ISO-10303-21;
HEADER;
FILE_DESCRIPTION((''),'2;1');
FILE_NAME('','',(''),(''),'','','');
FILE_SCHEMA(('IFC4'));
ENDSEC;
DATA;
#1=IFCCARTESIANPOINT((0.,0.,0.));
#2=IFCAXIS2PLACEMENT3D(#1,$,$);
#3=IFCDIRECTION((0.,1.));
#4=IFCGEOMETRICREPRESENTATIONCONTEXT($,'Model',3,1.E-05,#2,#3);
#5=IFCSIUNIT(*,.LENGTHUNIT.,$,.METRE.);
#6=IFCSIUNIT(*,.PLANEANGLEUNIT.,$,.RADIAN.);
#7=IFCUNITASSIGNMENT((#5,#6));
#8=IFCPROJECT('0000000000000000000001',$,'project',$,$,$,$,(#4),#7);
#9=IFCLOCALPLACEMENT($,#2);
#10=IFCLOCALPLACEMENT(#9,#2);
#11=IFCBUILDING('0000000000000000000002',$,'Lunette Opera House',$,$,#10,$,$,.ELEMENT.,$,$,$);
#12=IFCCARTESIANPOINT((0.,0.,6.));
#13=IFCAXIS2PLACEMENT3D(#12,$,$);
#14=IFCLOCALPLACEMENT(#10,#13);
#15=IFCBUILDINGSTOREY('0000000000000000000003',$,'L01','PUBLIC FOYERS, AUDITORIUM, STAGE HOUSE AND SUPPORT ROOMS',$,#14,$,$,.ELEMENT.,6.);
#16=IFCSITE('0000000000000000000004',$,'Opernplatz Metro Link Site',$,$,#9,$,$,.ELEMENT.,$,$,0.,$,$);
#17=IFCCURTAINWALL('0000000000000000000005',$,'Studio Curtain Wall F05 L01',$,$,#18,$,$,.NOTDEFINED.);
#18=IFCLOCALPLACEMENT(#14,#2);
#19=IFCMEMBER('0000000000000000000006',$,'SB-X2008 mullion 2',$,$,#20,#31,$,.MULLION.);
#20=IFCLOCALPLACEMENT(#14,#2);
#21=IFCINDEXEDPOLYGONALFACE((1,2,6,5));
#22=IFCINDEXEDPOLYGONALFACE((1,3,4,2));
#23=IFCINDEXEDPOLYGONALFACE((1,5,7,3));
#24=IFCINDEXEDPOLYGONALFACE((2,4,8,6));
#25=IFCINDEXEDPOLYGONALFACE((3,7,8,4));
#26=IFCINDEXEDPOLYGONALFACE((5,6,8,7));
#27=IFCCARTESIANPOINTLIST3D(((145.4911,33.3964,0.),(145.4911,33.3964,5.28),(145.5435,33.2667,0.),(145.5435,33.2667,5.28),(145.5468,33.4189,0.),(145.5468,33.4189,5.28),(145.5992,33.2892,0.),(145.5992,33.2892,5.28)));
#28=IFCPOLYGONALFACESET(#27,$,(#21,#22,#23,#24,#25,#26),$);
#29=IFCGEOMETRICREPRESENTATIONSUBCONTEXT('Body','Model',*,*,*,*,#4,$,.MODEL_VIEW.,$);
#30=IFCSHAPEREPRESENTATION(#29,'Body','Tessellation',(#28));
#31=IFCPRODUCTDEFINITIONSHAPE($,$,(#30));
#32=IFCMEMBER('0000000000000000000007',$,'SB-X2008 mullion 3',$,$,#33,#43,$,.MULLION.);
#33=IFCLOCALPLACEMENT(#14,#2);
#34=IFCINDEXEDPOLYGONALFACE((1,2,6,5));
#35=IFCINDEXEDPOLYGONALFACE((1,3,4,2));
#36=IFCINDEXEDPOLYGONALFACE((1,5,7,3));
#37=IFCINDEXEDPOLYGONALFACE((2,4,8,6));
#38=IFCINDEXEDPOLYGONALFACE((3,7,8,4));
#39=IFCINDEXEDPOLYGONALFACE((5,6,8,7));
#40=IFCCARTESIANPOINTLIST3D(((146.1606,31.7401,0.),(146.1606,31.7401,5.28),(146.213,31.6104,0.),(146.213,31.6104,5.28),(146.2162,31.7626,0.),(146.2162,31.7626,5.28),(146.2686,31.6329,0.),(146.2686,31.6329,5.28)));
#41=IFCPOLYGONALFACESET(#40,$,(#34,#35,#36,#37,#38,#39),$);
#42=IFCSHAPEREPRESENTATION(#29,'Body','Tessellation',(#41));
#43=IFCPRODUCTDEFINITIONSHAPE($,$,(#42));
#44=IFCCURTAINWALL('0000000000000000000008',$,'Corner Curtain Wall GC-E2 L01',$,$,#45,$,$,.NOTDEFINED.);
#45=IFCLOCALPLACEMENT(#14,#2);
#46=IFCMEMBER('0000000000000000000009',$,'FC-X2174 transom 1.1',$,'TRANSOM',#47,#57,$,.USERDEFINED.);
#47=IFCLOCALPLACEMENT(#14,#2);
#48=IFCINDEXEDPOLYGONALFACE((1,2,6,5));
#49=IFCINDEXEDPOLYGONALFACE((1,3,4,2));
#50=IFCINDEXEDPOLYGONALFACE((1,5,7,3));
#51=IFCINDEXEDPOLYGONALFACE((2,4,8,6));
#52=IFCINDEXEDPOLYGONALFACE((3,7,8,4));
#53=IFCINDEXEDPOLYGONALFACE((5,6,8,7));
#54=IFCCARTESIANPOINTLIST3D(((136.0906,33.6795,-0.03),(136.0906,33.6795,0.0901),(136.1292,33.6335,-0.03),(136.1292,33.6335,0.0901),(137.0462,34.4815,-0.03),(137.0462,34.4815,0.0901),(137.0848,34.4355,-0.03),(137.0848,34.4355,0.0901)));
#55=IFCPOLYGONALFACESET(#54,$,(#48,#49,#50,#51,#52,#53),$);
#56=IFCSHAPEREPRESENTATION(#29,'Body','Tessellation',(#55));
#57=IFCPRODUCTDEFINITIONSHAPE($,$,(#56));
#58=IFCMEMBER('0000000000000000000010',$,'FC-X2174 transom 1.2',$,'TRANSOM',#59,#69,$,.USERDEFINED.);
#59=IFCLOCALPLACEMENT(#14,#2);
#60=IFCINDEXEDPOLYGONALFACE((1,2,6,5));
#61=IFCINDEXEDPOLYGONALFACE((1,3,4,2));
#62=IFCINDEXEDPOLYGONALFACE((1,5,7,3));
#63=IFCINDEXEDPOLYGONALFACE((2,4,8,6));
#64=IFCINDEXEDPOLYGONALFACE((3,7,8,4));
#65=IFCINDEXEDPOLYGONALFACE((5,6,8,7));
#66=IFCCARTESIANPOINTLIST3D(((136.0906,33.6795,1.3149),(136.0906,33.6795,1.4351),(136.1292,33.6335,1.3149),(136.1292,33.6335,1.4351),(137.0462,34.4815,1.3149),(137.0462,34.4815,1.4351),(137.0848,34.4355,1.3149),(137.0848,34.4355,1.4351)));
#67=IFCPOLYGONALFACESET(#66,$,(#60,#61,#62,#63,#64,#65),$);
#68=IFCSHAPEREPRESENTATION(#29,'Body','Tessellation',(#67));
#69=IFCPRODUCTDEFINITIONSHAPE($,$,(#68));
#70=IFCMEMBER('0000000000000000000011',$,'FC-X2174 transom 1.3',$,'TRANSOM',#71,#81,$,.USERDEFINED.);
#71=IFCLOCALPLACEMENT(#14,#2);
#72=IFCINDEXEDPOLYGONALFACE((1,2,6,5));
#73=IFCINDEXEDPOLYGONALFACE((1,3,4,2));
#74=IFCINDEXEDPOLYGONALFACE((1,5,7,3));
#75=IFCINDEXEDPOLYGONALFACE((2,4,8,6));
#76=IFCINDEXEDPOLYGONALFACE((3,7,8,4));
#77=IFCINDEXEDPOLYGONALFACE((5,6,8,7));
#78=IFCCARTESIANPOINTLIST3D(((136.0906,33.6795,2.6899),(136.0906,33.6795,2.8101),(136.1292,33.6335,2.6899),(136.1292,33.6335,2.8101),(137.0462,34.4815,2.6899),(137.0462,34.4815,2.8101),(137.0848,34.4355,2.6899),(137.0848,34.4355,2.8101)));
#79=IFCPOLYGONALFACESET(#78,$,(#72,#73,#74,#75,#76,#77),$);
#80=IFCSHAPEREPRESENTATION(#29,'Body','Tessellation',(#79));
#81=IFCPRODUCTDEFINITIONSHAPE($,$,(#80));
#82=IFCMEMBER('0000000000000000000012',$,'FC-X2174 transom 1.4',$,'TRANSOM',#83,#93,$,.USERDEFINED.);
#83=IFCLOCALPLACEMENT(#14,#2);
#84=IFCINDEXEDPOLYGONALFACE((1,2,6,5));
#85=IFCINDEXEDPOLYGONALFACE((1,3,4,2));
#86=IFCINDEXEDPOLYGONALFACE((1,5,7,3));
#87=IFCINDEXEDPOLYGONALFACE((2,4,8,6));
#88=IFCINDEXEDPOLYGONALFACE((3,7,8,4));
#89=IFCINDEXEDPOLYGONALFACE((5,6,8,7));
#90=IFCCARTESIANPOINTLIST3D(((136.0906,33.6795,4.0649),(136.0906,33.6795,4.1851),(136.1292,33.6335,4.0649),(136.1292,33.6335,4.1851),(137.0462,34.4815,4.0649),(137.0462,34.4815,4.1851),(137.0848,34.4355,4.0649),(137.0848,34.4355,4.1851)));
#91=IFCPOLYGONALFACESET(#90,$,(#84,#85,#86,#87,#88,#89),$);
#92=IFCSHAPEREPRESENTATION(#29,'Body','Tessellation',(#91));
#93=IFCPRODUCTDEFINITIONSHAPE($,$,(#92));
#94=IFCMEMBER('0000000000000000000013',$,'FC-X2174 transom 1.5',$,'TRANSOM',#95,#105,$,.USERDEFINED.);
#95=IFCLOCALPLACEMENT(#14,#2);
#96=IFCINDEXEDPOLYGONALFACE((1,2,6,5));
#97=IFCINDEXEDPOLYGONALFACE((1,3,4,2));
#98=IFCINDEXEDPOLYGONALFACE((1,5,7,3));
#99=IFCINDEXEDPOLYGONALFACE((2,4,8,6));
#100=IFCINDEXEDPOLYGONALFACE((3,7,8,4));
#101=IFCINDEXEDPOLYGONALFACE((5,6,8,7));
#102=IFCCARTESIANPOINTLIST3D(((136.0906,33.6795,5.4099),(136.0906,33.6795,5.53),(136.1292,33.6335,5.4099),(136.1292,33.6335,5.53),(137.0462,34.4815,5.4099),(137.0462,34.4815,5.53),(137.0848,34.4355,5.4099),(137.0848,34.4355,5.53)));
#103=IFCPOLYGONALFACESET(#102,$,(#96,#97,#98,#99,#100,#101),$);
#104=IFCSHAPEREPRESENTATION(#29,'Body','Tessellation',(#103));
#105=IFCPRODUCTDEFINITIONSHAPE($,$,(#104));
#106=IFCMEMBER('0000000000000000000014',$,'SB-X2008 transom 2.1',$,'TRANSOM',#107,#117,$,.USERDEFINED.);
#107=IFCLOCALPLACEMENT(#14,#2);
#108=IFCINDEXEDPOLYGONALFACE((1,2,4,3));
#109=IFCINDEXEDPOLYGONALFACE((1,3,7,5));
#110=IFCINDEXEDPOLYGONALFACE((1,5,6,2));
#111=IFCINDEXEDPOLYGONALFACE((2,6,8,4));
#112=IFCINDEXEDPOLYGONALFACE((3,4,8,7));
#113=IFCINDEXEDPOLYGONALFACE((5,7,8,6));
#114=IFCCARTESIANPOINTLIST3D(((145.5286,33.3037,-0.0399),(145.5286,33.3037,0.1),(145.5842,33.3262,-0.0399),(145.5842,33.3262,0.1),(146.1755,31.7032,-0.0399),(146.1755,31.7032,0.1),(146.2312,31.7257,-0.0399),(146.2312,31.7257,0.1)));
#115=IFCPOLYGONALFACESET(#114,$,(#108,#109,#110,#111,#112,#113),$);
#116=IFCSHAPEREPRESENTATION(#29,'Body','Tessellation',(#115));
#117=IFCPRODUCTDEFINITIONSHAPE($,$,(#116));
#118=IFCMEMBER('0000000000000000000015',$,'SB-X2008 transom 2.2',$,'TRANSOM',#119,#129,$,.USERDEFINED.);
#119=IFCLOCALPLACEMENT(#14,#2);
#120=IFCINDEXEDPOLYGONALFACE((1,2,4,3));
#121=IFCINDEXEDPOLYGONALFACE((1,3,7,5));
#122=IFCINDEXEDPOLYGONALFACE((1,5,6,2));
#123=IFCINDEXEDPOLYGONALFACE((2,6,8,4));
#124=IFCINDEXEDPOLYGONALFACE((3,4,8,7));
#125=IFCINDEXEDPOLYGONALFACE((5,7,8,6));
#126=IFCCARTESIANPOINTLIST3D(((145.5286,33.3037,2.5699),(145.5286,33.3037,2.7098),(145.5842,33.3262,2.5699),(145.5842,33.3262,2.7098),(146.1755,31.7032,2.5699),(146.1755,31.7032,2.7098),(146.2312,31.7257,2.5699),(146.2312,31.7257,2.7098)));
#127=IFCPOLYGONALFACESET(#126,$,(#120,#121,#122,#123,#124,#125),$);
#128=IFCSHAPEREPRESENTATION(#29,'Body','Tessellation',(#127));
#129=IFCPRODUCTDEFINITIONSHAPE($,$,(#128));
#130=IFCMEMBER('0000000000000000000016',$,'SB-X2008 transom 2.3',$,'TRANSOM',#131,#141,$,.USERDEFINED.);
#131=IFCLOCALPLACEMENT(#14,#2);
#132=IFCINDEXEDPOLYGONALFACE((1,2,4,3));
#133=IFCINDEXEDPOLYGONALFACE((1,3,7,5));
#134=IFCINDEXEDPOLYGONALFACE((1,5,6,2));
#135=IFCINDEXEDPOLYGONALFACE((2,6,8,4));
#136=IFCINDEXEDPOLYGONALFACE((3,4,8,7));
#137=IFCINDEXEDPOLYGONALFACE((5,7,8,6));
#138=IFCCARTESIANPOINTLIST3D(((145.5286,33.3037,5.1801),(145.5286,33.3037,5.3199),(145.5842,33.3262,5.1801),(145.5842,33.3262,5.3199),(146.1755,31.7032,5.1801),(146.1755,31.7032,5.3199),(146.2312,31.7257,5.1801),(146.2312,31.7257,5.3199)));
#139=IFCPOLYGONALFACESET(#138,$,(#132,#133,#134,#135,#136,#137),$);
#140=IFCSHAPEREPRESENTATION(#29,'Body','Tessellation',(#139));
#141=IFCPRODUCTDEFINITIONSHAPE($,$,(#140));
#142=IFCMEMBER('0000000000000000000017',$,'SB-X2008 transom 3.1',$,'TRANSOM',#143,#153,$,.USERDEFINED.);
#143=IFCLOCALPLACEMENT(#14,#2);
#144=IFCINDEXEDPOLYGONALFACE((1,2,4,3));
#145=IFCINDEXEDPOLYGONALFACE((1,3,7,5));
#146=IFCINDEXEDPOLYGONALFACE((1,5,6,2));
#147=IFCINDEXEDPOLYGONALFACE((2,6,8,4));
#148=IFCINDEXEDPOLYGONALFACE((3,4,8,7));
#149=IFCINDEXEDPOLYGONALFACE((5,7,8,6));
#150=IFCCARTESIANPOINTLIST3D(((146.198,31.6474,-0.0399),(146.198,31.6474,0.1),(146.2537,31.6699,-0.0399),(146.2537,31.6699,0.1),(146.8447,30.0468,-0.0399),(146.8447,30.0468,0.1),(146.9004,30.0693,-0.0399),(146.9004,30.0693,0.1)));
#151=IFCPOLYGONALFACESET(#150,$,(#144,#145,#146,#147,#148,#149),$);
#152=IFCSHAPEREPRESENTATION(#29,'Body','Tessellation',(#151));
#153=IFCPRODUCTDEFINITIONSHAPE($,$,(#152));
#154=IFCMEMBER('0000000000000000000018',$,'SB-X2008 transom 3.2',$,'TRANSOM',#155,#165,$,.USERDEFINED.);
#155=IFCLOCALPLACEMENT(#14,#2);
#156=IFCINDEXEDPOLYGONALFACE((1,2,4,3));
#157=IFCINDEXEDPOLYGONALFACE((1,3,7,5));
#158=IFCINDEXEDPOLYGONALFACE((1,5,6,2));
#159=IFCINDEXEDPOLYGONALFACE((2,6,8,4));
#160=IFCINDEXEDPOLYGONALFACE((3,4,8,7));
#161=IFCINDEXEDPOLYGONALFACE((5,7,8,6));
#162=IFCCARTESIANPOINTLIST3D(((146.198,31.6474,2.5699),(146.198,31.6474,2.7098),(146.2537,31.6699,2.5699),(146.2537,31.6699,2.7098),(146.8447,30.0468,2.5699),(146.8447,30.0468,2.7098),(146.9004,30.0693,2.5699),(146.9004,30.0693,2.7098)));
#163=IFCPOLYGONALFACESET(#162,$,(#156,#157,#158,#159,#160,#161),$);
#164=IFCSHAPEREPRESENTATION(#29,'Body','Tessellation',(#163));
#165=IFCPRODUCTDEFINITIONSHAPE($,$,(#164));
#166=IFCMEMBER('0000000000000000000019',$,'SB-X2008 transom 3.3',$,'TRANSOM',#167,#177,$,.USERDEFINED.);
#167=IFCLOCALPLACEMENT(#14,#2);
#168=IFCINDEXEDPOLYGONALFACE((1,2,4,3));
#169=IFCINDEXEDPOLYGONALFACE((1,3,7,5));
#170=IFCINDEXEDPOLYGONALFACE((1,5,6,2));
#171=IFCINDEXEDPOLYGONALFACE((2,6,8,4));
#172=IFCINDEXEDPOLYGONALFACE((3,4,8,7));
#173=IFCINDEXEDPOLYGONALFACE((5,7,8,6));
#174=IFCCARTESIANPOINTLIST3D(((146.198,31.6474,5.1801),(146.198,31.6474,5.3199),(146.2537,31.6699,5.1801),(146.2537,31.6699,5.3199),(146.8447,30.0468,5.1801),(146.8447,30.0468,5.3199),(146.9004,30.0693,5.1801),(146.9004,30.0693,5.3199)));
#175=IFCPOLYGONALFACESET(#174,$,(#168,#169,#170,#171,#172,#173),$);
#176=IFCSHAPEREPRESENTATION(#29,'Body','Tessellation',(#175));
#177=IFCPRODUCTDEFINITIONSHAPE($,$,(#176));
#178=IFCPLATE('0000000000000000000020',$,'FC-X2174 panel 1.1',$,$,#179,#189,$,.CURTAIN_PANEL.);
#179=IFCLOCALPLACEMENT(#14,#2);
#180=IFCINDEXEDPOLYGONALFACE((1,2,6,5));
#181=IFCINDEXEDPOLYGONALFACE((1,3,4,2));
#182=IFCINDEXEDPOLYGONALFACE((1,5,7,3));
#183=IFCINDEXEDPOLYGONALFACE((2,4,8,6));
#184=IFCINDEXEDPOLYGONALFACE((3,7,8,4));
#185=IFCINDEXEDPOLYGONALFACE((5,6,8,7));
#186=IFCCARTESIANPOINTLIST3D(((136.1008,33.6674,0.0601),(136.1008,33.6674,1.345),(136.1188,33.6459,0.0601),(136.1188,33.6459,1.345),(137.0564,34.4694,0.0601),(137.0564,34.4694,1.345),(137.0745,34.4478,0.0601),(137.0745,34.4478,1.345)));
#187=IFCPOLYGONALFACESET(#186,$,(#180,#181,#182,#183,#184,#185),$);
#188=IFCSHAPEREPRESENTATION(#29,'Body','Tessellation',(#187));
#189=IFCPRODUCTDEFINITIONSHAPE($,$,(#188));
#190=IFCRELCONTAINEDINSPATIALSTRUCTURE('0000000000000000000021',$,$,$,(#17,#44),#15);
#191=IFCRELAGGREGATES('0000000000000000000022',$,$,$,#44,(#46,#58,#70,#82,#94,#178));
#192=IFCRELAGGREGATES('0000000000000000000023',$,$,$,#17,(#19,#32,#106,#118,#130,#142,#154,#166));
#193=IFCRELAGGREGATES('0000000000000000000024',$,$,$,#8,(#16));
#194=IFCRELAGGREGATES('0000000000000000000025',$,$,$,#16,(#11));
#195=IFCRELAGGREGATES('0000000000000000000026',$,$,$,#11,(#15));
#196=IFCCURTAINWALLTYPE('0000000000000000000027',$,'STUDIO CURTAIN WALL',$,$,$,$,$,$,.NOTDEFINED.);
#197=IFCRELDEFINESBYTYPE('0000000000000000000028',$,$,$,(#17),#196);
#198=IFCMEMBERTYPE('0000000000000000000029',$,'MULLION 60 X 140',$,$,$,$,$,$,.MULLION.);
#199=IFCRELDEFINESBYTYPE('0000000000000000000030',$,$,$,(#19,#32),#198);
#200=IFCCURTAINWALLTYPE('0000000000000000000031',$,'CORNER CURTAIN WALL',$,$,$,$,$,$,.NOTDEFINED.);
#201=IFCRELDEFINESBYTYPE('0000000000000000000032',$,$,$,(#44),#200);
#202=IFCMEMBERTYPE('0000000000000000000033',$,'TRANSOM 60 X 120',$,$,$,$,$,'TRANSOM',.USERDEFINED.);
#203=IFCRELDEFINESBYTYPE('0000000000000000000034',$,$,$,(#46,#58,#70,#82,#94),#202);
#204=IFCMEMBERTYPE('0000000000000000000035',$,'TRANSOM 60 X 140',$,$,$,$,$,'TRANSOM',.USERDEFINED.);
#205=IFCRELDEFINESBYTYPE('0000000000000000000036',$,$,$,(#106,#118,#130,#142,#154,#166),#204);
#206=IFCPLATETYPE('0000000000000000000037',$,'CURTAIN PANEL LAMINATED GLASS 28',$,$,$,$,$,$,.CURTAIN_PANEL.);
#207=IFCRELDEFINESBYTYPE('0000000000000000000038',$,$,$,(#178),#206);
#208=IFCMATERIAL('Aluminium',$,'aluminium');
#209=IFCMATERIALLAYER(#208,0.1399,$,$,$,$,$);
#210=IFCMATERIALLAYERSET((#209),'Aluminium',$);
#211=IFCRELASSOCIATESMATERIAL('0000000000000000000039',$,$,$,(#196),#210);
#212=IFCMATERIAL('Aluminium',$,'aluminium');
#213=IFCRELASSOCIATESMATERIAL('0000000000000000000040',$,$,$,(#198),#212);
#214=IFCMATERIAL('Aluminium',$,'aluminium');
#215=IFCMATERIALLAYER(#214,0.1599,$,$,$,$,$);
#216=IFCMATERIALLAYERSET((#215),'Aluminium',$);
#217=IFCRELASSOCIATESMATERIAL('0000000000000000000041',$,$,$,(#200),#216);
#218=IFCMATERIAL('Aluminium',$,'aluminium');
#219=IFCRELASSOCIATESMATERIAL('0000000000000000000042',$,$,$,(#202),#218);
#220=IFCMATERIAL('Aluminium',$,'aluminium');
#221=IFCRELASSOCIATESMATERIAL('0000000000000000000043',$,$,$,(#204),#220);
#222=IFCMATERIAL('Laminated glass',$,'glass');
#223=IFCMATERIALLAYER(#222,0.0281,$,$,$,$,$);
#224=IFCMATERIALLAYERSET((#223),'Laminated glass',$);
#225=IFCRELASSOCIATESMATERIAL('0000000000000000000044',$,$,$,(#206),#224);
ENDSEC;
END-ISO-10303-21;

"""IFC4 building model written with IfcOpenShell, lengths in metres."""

from ifc_helpers import new_model, si_unit, direction, frame, origin, origin_2d, place, context, subcontext, project, spatial, rectangle, extrude, material, layer, layer_set, material_profile, profile_set, type_object, element, aggregate, save


model = new_model("IFC4")

# Units and contexts
model_context = context("Model", 3, precision=1e-05, world=origin(), true_north=direction((0.0, 1.0)))
body_context = subcontext(model_context, "Body", "Model", "MODEL_VIEW")
ifc_project = project(units=[si_unit("LENGTHUNIT", "METRE"), si_unit("PLANEANGLEUNIT", "RADIAN")], contexts=[model_context])

# Site, building, storey
site_placement = place(None, origin())
site = spatial("IfcSite", under=ifc_project, at=site_placement, Name="Opernplatz Metro Link Site", CompositionType="ELEMENT", RefElevation=0.0)
building_placement = place(site_placement, origin())
building = spatial("IfcBuilding", under=site, at=building_placement, Name="Lunette Opera House", CompositionType="ELEMENT")
storey_placement = place(building_placement, frame((0.0, 0.0, 6.0)))
storey = spatial("IfcBuildingStorey", under=building, at=storey_placement, Name="L01", Description="PUBLIC FOYERS, AUDITORIUM, STAGE HOUSE AND SUPPORT ROOMS", CompositionType="ELEMENT", Elevation=6.0)

# Curtain walls, members
ifc_material_1 = material(Name="Aluminium", Category="aluminium")
ifc_layer_1 = layer(ifc_material_1, 0.1399)
ifc_layer_set_1 = layer_set([ifc_layer_1], Name="Aluminium")
curtain_wall_type_1 = type_object("IfcCurtainWallType", Name="STUDIO CURTAIN WALL", PredefinedType="NOTDEFINED", material=ifc_layer_set_1)
curtain_wall_1_placement = place(storey_placement, origin())
curtain_wall_1 = element("IfcCurtainWall", 1, at=curtain_wall_1_placement, inside=storey, type_object=curtain_wall_type_1, Name="Studio Curtain Wall F05 L01", PredefinedType="NOTDEFINED")
ifc_material_2 = material(Name="Aluminium", Category="aluminium")
ifc_material_profile_1 = material_profile(ifc_material_2, rectangle(XDim=0.0601, YDim=0.1399, at=origin_2d()), Name="MULLION 60 X 140")
ifc_profile_set_1 = profile_set([ifc_material_profile_1], Name="Aluminium")
member_type_1 = type_object("IfcMemberType", Name="MULLION 60 X 140", PredefinedType="MULLION", material=ifc_profile_set_1)
member_1_placement = place(storey_placement, frame((145.5452, 33.3428, 0.0), z_axis=(0.0, 0.0, 1.0), x_axis=(0.927168, 0.374646, 0.0)))
member_1 = element("IfcMember", 2, at=member_1_placement, type_object=member_type_1, Name="SB-X2008 mullion 2", PredefinedType="MULLION", context=body_context, shape_type="SweptSolid", body=[
    extrude(rectangle(XDim=0.0601, YDim=0.1399, at=origin_2d()), origin(), (0.0, 0.0, 1.0), 5.28),
])
member_2_placement = place(storey_placement, frame((146.2146, 31.6865, 0.0), z_axis=(0.0, 0.0, 1.0), x_axis=(0.927168, 0.374646, 0.0)))
member_2 = element("IfcMember", 3, at=member_2_placement, type_object=member_type_1, Name="SB-X2008 mullion 3", PredefinedType="MULLION", context=body_context, shape_type="SweptSolid", body=[
    extrude(rectangle(XDim=0.0601, YDim=0.1399, at=origin_2d()), origin(), (0.0, 0.0, 1.0), 5.28),
])
ifc_material_3 = material(Name="Aluminium", Category="aluminium")
ifc_layer_2 = layer(ifc_material_3, 0.1599)
ifc_layer_set_2 = layer_set([ifc_layer_2], Name="Aluminium")
curtain_wall_type_2 = type_object("IfcCurtainWallType", Name="CORNER CURTAIN WALL", PredefinedType="NOTDEFINED", material=ifc_layer_set_2)
curtain_wall_2_placement = place(storey_placement, origin())
curtain_wall_2 = element("IfcCurtainWall", 4, at=curtain_wall_2_placement, inside=storey, type_object=curtain_wall_type_2, Name="Corner Curtain Wall GC-E2 L01", PredefinedType="NOTDEFINED")
ifc_material_4 = material(Name="Aluminium", Category="aluminium")
ifc_material_profile_2 = material_profile(ifc_material_4, rectangle(XDim=0.0601, YDim=0.1201, at=origin_2d()), Name="TRANSOM 60 X 120")
ifc_profile_set_2 = profile_set([ifc_material_profile_2], Name="Aluminium")
member_type_2 = type_object("IfcMemberType", Name="TRANSOM 60 X 120", ElementType="TRANSOM", PredefinedType="USERDEFINED", material=ifc_profile_set_2)
member_3_placement = place(storey_placement, frame((136.1099, 33.6565, 0.03), z_axis=(0.765971, 0.642875, 0.0), x_axis=(-0.642875, 0.765971, 0.0)))
member_3 = element("IfcMember", 5, at=member_3_placement, type_object=member_type_2, Name="FC-X2174 transom 1.1", ObjectType="TRANSOM", PredefinedType="USERDEFINED", context=body_context, shape_type="SweptSolid", body=[
    extrude(rectangle(XDim=0.0601, YDim=0.1201, at=origin_2d()), origin(), (0.0, 0.0, 1.0), 1.2476),
])
member_4_placement = place(storey_placement, frame((136.1099, 33.6565, 1.375), z_axis=(0.765971, 0.642875, 0.0), x_axis=(-0.642875, 0.765971, 0.0)))
member_4 = element("IfcMember", 6, at=member_4_placement, type_object=member_type_2, Name="FC-X2174 transom 1.2", ObjectType="TRANSOM", PredefinedType="USERDEFINED", context=body_context, shape_type="SweptSolid", body=[
    extrude(rectangle(XDim=0.0601, YDim=0.1201, at=origin_2d()), origin(), (0.0, 0.0, 1.0), 1.2476),
])
member_5_placement = place(storey_placement, frame((136.1099, 33.6565, 2.75), z_axis=(0.765971, 0.642875, 0.0), x_axis=(-0.642875, 0.765971, 0.0)))
member_5 = element("IfcMember", 7, at=member_5_placement, type_object=member_type_2, Name="FC-X2174 transom 1.3", ObjectType="TRANSOM", PredefinedType="USERDEFINED", context=body_context, shape_type="SweptSolid", body=[
    extrude(rectangle(XDim=0.0601, YDim=0.1201, at=origin_2d()), origin(), (0.0, 0.0, 1.0), 1.2476),
])
member_6_placement = place(storey_placement, frame((136.1099, 33.6565, 4.125), z_axis=(0.765971, 0.642875, 0.0), x_axis=(-0.642875, 0.765971, 0.0)))
member_6 = element("IfcMember", 8, at=member_6_placement, type_object=member_type_2, Name="FC-X2174 transom 1.4", ObjectType="TRANSOM", PredefinedType="USERDEFINED", context=body_context, shape_type="SweptSolid", body=[
    extrude(rectangle(XDim=0.0601, YDim=0.1201, at=origin_2d()), origin(), (0.0, 0.0, 1.0), 1.2476),
])
member_7_placement = place(storey_placement, frame((136.1099, 33.6565, 5.47), z_axis=(0.765971, 0.642875, 0.0), x_axis=(-0.642875, 0.765971, 0.0)))
member_7 = element("IfcMember", 9, at=member_7_placement, type_object=member_type_2, Name="FC-X2174 transom 1.5", ObjectType="TRANSOM", PredefinedType="USERDEFINED", context=body_context, shape_type="SweptSolid", body=[
    extrude(rectangle(XDim=0.0601, YDim=0.1201, at=origin_2d()), origin(), (0.0, 0.0, 1.0), 1.2476),
])

# Members
ifc_material_5 = material(Name="Aluminium", Category="aluminium")
ifc_material_profile_3 = material_profile(ifc_material_5, rectangle(XDim=0.0601, YDim=0.1399, at=origin_2d()), Name="TRANSOM 60 X 140")
ifc_profile_set_3 = profile_set([ifc_material_profile_3], Name="Aluminium")
member_type_3 = type_object("IfcMemberType", Name="TRANSOM 60 X 140", ElementType="TRANSOM", PredefinedType="USERDEFINED", material=ifc_profile_set_3)
member_8_placement = place(storey_placement, frame((145.5564, 33.3149, 0.03), z_axis=(0.374753, -0.927125, 0.0), x_axis=(0.927125, 0.374753, 0.0)))
member_8 = element("IfcMember", 10, at=member_8_placement, type_object=member_type_3, Name="SB-X2008 transom 2.1", ObjectType="TRANSOM", PredefinedType="USERDEFINED", context=body_context, shape_type="SweptSolid", body=[
    extrude(rectangle(XDim=0.0601, YDim=0.1399, at=origin_2d()), origin(), (0.0, 0.0, 1.0), 1.7263),
])
member_9_placement = place(storey_placement, frame((145.5564, 33.3149, 2.6399), z_axis=(0.374753, -0.927125, 0.0), x_axis=(0.927125, 0.374753, 0.0)))
member_9 = element("IfcMember", 11, at=member_9_placement, type_object=member_type_3, Name="SB-X2008 transom 2.2", ObjectType="TRANSOM", PredefinedType="USERDEFINED", context=body_context, shape_type="SweptSolid", body=[
    extrude(rectangle(XDim=0.0601, YDim=0.1399, at=origin_2d()), origin(), (0.0, 0.0, 1.0), 1.7263),
])
member_10_placement = place(storey_placement, frame((145.5564, 33.3149, 5.25), z_axis=(0.374753, -0.927125, 0.0), x_axis=(0.927125, 0.374753, 0.0)))
member_10 = element("IfcMember", 12, at=member_10_placement, type_object=member_type_3, Name="SB-X2008 transom 2.3", ObjectType="TRANSOM", PredefinedType="USERDEFINED", context=body_context, shape_type="SweptSolid", body=[
    extrude(rectangle(XDim=0.0601, YDim=0.1399, at=origin_2d()), origin(), (0.0, 0.0, 1.0), 1.7263),
])
member_11_placement = place(storey_placement, frame((146.2258, 31.6587, 0.03), z_axis=(0.374631, -0.927174, 0.0), x_axis=(0.927174, 0.374631, 0.0)))
member_11 = element("IfcMember", 13, at=member_11_placement, type_object=member_type_3, Name="SB-X2008 transom 3.1", ObjectType="TRANSOM", PredefinedType="USERDEFINED", context=body_context, shape_type="SweptSolid", body=[
    extrude(rectangle(XDim=0.0601, YDim=0.1399, at=origin_2d()), origin(), (0.0, 0.0, 1.0), 1.7263),
])
member_12_placement = place(storey_placement, frame((146.2258, 31.6587, 2.6399), z_axis=(0.374631, -0.927174, 0.0), x_axis=(0.927174, 0.374631, 0.0)))
member_12 = element("IfcMember", 14, at=member_12_placement, type_object=member_type_3, Name="SB-X2008 transom 3.2", ObjectType="TRANSOM", PredefinedType="USERDEFINED", context=body_context, shape_type="SweptSolid", body=[
    extrude(rectangle(XDim=0.0601, YDim=0.1399, at=origin_2d()), origin(), (0.0, 0.0, 1.0), 1.7263),
])
member_13_placement = place(storey_placement, frame((146.2258, 31.6587, 5.25), z_axis=(0.374631, -0.927174, 0.0), x_axis=(0.927174, 0.374631, 0.0)))
member_13 = element("IfcMember", 15, at=member_13_placement, type_object=member_type_3, Name="SB-X2008 transom 3.3", ObjectType="TRANSOM", PredefinedType="USERDEFINED", context=body_context, shape_type="SweptSolid", body=[
    extrude(rectangle(XDim=0.0601, YDim=0.1399, at=origin_2d()), origin(), (0.0, 0.0, 1.0), 1.7263),
])

# Plate
ifc_material_6 = material(Name="Laminated glass", Category="glass")
ifc_layer_3 = layer(ifc_material_6, 0.0281)
ifc_layer_set_3 = layer_set([ifc_layer_3], Name="Laminated glass")
plate_type = type_object("IfcPlateType", Name="CURTAIN PANEL LAMINATED GLASS 28", PredefinedType="CURTAIN_PANEL", material=ifc_layer_set_3)
plate_1_placement = place(storey_placement, frame((136.5876, 34.0576, 0.0601), z_axis=(0.0, 0.0, 1.0), x_axis=(0.76601, 0.642828, 0.0)))
plate_1 = element("IfcPlate", 16, at=plate_1_placement, type_object=plate_type, Name="FC-X2174 panel 1.1", PredefinedType="CURTAIN_PANEL", context=body_context, shape_type="SweptSolid", body=[
    extrude(rectangle(XDim=1.2476, YDim=0.0281, at=origin_2d()), origin(), (0.0, 0.0, 1.0), 1.2849),
])
aggregate(curtain_wall_2, [member_3, member_4, member_5, member_6, member_7, plate_1])
aggregate(curtain_wall_1, [member_1, member_2, member_8, member_9, member_10, member_11, member_12, member_13])

save(model, "model.ifc")
